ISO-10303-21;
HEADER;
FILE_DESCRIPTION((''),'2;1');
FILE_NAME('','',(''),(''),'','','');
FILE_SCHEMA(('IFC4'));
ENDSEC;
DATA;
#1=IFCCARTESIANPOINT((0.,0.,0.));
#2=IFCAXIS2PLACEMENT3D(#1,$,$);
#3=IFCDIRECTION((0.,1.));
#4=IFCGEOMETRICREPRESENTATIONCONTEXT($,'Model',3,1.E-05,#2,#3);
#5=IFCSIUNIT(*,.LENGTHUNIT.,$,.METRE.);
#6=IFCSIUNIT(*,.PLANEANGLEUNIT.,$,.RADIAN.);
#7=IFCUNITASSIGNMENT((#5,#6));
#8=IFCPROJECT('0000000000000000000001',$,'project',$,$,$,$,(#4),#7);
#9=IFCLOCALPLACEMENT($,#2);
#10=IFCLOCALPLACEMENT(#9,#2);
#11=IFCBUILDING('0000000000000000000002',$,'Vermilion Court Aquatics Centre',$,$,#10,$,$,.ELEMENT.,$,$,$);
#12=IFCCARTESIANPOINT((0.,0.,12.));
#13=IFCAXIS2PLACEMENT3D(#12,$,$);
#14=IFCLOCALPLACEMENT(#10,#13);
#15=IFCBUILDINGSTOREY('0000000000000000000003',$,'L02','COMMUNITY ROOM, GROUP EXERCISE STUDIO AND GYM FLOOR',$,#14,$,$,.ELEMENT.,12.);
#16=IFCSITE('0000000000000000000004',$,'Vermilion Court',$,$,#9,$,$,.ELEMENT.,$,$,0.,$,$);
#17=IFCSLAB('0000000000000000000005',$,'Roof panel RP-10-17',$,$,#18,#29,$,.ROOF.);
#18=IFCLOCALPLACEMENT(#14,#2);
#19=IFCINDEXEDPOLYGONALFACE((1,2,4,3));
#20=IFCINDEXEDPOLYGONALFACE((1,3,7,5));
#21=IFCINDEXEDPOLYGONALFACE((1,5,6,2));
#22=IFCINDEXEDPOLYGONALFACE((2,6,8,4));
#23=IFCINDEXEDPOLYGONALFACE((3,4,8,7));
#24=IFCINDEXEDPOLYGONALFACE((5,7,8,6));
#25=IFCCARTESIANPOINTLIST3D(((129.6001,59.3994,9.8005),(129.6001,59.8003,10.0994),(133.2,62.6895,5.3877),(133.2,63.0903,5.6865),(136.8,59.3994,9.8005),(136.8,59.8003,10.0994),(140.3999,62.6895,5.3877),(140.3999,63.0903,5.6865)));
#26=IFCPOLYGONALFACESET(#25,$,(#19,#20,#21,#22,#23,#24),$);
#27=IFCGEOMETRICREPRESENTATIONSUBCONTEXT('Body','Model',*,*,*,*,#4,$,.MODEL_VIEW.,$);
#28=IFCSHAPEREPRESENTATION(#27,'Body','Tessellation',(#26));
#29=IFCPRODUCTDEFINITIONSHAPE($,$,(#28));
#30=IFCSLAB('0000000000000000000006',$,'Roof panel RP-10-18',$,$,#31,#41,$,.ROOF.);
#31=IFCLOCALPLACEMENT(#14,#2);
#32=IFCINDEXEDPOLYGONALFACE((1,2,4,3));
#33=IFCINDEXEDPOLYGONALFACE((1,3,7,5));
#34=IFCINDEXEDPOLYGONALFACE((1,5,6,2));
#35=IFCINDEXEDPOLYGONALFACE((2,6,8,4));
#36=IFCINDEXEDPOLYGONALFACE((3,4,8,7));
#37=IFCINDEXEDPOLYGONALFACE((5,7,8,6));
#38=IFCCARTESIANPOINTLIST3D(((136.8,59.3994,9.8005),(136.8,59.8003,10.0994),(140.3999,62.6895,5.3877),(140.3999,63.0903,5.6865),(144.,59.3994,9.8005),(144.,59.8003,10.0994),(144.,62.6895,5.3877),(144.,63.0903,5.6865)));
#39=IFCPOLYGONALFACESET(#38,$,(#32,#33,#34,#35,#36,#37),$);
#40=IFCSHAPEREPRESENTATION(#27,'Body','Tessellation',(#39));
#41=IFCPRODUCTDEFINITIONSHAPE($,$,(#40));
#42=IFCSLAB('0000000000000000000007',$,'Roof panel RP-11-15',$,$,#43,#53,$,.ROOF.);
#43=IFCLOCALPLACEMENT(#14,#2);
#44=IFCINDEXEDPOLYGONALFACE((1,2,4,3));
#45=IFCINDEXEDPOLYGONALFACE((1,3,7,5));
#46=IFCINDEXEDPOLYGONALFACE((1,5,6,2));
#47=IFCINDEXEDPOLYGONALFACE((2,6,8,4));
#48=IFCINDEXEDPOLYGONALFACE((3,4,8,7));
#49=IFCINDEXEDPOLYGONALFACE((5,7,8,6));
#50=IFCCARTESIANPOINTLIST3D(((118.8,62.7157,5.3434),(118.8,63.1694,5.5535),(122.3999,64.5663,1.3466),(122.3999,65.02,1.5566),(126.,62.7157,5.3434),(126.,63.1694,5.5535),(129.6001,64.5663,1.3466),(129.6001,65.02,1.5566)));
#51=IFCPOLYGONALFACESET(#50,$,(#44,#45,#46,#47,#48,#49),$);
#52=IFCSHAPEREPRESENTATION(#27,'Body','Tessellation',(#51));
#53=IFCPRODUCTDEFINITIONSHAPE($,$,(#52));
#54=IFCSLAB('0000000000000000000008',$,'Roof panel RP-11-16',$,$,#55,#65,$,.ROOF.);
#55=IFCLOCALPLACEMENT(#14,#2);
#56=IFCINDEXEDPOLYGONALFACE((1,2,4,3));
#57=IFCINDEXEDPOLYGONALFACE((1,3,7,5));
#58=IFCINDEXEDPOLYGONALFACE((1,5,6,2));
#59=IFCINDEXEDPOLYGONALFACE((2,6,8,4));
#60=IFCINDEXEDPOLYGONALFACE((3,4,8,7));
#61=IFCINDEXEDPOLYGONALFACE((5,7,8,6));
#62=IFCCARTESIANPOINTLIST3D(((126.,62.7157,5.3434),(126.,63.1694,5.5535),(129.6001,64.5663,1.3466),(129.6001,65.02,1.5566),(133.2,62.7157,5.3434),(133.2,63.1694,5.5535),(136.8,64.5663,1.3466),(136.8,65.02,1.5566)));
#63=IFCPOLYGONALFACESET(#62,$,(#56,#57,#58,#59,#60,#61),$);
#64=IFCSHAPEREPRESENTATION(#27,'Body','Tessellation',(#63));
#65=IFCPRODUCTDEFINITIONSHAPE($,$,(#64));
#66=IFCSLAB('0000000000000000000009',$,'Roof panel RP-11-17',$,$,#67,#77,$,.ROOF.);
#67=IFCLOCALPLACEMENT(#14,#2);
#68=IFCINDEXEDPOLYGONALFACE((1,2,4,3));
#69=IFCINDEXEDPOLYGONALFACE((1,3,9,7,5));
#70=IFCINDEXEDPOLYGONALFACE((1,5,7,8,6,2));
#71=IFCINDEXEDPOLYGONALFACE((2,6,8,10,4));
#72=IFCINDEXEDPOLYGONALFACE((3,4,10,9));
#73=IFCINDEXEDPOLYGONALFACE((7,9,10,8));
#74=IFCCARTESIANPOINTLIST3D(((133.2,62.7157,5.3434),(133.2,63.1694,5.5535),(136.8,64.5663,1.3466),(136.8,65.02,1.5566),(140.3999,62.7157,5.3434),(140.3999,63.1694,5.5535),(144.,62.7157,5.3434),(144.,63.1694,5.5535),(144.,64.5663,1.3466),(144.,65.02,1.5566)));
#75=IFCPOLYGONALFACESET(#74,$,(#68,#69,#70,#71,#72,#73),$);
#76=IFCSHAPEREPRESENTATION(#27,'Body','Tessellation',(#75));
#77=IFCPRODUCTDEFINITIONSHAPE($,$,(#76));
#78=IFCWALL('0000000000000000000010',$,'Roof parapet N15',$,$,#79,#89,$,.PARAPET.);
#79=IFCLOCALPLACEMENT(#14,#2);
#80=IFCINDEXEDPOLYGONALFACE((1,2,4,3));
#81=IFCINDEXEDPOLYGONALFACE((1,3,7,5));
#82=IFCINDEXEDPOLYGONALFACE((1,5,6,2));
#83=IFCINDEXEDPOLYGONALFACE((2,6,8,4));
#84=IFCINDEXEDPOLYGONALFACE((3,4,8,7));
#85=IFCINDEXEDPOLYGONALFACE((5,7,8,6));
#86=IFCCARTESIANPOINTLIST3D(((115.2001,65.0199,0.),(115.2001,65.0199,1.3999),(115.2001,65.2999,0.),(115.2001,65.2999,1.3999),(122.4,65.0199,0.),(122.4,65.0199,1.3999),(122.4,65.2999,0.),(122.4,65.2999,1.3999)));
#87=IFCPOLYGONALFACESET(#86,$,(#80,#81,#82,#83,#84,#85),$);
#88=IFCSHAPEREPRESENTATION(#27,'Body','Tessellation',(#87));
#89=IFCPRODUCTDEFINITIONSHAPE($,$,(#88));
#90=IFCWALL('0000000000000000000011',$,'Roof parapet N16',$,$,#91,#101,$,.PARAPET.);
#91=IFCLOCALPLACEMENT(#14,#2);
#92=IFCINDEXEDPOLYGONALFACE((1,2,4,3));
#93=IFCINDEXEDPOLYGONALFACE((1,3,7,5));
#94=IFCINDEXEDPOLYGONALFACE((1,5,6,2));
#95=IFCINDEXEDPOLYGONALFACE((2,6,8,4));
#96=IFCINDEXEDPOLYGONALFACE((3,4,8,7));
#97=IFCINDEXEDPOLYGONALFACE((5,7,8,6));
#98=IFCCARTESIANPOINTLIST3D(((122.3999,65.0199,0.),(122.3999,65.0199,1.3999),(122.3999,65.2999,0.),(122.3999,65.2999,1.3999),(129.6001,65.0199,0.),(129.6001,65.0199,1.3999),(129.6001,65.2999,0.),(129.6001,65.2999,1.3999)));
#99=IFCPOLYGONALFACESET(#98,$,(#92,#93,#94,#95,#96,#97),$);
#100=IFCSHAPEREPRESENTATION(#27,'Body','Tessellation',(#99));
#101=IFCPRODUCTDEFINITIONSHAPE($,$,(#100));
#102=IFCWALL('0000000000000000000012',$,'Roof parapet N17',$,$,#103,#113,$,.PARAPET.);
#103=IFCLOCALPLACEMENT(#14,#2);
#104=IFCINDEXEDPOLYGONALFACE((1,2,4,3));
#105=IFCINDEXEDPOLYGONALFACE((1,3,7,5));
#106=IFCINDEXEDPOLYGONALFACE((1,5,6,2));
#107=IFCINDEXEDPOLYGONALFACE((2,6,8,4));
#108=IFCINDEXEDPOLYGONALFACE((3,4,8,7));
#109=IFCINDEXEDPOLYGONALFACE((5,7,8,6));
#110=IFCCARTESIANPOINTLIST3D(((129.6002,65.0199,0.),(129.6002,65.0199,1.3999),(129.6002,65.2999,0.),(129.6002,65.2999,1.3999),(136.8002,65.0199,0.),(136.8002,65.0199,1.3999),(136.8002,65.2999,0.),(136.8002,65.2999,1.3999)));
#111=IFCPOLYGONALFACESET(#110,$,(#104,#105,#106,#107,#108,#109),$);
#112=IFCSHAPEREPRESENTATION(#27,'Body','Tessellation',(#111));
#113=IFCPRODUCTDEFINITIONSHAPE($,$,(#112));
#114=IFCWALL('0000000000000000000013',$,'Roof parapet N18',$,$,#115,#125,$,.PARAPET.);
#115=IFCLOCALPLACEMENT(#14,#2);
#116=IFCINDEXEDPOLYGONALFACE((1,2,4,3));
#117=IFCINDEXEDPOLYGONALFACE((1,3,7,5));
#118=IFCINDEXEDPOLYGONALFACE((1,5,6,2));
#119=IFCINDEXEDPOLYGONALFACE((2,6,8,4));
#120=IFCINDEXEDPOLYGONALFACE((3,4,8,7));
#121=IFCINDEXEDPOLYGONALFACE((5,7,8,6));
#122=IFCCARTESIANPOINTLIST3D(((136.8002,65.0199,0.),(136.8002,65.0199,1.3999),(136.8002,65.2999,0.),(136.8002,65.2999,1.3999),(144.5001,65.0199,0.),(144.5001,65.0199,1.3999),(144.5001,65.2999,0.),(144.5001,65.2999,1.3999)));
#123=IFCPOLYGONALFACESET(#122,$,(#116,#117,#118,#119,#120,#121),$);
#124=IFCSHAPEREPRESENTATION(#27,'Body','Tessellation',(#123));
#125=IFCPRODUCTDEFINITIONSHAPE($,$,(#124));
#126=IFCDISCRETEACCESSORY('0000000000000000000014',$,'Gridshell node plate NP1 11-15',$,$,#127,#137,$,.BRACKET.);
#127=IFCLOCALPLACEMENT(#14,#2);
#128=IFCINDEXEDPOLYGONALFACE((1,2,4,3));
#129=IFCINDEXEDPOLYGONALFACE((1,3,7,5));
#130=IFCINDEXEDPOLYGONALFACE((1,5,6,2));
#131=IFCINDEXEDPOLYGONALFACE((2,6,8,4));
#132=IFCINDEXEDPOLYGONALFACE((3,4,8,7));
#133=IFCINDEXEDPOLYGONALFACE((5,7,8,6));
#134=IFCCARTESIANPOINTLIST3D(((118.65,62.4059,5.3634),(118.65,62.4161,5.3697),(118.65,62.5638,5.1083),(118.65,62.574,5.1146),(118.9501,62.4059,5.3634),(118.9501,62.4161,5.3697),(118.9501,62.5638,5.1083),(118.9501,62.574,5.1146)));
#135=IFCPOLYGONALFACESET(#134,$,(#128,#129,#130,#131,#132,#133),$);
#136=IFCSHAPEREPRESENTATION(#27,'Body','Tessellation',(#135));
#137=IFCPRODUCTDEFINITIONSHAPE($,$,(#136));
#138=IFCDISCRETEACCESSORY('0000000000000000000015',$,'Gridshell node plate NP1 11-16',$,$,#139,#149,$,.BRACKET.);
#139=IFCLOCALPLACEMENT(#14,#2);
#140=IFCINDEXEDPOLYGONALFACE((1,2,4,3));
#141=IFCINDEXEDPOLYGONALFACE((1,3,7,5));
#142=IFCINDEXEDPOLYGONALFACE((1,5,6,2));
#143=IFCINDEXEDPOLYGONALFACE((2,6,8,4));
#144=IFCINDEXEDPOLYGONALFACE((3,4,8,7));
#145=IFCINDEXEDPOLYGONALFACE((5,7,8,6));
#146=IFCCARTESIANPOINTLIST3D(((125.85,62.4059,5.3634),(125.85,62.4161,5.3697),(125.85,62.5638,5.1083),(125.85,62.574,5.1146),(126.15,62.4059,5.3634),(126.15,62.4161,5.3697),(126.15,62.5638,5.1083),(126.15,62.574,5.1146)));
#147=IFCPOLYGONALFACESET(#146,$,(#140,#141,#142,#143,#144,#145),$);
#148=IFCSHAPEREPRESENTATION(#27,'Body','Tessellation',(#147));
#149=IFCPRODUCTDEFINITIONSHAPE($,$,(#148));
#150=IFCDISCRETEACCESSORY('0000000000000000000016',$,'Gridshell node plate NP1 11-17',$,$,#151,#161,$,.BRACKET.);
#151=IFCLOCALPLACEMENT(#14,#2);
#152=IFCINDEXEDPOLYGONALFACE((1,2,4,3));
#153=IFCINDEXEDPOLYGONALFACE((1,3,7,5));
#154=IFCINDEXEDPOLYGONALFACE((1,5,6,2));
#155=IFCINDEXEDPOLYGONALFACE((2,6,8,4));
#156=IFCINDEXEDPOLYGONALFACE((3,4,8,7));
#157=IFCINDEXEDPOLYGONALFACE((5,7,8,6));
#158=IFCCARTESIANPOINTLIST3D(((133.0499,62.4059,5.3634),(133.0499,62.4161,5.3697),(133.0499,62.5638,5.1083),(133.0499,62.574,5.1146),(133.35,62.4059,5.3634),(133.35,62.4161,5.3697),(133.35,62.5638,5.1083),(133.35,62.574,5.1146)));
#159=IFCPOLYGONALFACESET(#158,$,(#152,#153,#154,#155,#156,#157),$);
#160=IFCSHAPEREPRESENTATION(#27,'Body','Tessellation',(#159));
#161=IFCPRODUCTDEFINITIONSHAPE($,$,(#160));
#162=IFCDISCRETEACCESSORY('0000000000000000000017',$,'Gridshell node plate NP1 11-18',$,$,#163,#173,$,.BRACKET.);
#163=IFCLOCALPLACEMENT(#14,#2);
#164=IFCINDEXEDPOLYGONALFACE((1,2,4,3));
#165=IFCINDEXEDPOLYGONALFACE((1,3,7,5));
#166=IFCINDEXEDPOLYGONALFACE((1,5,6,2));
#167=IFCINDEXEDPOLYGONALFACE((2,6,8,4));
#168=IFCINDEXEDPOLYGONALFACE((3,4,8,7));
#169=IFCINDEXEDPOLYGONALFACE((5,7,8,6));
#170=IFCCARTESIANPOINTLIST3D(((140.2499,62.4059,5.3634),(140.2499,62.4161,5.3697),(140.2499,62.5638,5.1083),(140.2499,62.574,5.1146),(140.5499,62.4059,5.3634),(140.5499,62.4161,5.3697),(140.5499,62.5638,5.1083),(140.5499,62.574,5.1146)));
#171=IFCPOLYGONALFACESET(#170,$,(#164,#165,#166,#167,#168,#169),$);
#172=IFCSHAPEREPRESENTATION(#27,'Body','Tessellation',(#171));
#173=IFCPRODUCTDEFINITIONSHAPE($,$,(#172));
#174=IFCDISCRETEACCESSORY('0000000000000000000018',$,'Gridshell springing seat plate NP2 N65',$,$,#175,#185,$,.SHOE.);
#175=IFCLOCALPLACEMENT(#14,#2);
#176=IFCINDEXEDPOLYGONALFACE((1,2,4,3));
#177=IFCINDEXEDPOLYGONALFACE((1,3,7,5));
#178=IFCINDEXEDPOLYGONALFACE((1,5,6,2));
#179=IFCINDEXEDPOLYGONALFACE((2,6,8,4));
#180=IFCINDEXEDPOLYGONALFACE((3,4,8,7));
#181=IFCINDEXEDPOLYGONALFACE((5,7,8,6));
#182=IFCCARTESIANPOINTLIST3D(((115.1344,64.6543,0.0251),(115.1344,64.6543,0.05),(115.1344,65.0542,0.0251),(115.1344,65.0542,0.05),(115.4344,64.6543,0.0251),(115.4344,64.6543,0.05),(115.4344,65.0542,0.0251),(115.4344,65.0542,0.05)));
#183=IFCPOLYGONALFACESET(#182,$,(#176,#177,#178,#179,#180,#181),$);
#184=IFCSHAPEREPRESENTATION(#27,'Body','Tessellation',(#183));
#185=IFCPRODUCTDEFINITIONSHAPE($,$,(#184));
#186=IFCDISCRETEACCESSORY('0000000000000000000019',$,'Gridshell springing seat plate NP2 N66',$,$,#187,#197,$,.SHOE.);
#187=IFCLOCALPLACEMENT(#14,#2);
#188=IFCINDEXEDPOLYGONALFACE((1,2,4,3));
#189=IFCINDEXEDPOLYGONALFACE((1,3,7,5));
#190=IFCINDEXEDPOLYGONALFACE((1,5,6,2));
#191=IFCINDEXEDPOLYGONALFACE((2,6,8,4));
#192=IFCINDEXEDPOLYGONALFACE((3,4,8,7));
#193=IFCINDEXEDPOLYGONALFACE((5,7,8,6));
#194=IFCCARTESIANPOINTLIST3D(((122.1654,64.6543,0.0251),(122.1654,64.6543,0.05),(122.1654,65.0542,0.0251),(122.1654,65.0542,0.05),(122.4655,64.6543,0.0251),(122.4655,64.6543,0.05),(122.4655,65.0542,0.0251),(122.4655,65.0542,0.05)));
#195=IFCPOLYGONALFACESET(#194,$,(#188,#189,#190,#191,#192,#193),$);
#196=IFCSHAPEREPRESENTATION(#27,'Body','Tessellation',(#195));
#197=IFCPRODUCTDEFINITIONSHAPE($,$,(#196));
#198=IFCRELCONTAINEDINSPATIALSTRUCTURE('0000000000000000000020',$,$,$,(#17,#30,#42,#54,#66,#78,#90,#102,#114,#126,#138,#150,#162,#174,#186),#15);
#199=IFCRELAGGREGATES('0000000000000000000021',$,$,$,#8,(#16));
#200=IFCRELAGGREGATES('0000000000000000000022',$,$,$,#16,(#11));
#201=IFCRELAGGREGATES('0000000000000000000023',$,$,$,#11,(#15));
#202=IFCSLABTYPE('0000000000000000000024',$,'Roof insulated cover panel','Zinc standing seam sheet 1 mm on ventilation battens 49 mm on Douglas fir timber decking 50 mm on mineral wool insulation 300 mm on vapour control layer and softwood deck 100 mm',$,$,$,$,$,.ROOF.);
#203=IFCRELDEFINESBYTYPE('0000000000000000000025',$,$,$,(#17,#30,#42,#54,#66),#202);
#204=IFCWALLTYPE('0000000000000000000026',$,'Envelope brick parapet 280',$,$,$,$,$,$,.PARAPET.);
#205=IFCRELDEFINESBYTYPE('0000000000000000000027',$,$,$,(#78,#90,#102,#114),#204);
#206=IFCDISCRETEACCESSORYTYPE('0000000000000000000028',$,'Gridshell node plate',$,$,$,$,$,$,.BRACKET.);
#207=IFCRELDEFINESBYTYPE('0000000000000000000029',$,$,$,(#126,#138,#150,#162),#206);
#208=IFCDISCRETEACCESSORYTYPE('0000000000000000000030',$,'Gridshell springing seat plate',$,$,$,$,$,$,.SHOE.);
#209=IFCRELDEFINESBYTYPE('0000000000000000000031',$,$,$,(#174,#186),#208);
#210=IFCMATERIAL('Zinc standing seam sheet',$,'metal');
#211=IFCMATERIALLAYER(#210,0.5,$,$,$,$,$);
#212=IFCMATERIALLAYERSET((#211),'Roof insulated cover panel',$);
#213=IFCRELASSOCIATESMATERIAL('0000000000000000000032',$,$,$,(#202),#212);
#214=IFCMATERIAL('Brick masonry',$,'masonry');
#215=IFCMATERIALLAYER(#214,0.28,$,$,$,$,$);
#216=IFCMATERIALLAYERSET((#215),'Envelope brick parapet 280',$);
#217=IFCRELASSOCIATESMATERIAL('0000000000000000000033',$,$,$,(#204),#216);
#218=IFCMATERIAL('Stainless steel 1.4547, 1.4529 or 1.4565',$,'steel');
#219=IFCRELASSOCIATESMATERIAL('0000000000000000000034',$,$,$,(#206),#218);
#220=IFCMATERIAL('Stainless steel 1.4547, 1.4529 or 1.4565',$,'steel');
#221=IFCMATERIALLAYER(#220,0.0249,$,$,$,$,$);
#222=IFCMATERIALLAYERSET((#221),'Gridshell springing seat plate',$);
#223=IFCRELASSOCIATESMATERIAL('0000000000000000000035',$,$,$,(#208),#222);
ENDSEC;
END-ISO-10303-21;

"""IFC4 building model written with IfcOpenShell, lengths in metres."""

from ifc_helpers import new_model, si_unit, direction, frame, frame_2d, origin, origin_2d, place, context, subcontext, project, spatial, polyline, rectangle, outline, extrude, material, layer, layer_set, material_profile, profile_set, type_object, element, save


model = new_model("IFC4")

# Units and contexts
model_context = context("Model", 3, precision=1e-05, world=origin(), true_north=direction((0.0, 1.0)))
body_context = subcontext(model_context, "Body", "Model", "MODEL_VIEW")
ifc_project = project(units=[si_unit("LENGTHUNIT", "METRE"), si_unit("PLANEANGLEUNIT", "RADIAN")], contexts=[model_context])

# Site, building, storey
site_placement = place(None, origin())
site = spatial("IfcSite", under=ifc_project, at=site_placement, Name="Vermilion Court", CompositionType="ELEMENT", RefElevation=0.0)
building_placement = place(site_placement, origin())
building = spatial("IfcBuilding", under=site, at=building_placement, Name="Vermilion Court Aquatics Centre", CompositionType="ELEMENT")
storey_placement = place(building_placement, frame((0.0, 0.0, 12.0)))
storey = spatial("IfcBuildingStorey", under=building, at=storey_placement, Name="L02", Description="COMMUNITY ROOM, GROUP EXERCISE STUDIO AND GYM FLOOR", CompositionType="ELEMENT", Elevation=12.0)

# Slabs
ifc_material_1 = material(Name="Zinc standing seam sheet", Category="metal")
ifc_layer_1 = layer(ifc_material_1, 0.5)
ifc_layer_set_1 = layer_set([ifc_layer_1], Name="Roof insulated cover panel")
slab_type = type_object("IfcSlabType", Name="Roof insulated cover panel", Description="Zinc standing seam sheet 1 mm on ventilation battens 49 mm on Douglas fir timber decking 50 mm on mineral wool insulation 300 mm on vapour control layer and softwood deck 100 mm", PredefinedType="ROOF", material=ifc_layer_set_1)
slab_1_placement = place(storey_placement, frame((129.6001, 59.8003, 10.0994), z_axis=(0.0, 0.801705, 0.59772), x_axis=(1.0, 0.0, 0.0)))
element("IfcSlab", 1, at=slab_1_placement, inside=storey, type_object=slab_type, Name="Roof panel RP-10-17", PredefinedType="ROOF", context=body_context, shape_type="SweptSolid", body=[
    extrude(outline(polyline([(0.0, 0.0), (7.2, 0.0), (10.7998, 5.5043), (3.5999, 5.5043), (0.0, 0.0)])), origin(), (0.0, 0.0, -1.0), 0.5),
])
slab_2_placement = place(storey_placement, frame((136.8, 59.8003, 10.0994), z_axis=(0.0, 0.801705, 0.59772), x_axis=(1.0, 0.0, 0.0)))
element("IfcSlab", 2, at=slab_2_placement, inside=storey, type_object=slab_type, Name="Roof panel RP-10-18", PredefinedType="ROOF", context=body_context, shape_type="SweptSolid", body=[
    extrude(outline(polyline([(0.0, 0.0), (7.2, 0.0), (7.2, 5.5043), (3.5999, 5.5043), (0.0, 0.0)])), origin(), (0.0, 0.0, -1.0), 0.5),
])
slab_3_placement = place(storey_placement, frame((118.8, 63.1694, 5.5535), z_axis=(0.0, 0.907449, 0.420162), x_axis=(1.0, 0.0, 0.0)))
element("IfcSlab", 3, at=slab_3_placement, inside=storey, type_object=slab_type, Name="Roof panel RP-11-15", PredefinedType="ROOF", context=body_context, shape_type="SweptSolid", body=[
    extrude(outline(polyline([(0.0, 0.0), (7.2, 0.0), (10.8, 4.4045), (3.5999, 4.4045), (0.0, 0.0)])), origin(), (0.0, 0.0, -1.0), 0.5),
])
slab_4_placement = place(storey_placement, frame((126.0, 63.1694, 5.5535), z_axis=(0.0, 0.907449, 0.420162), x_axis=(1.0, 0.0, 0.0)))
element("IfcSlab", 4, at=slab_4_placement, inside=storey, type_object=slab_type, Name="Roof panel RP-11-16", PredefinedType="ROOF", context=body_context, shape_type="SweptSolid", body=[
    extrude(outline(polyline([(0.0, 0.0), (7.2, 0.0), (10.8, 4.4045), (3.6001, 4.4045), (0.0, 0.0)])), origin(), (0.0, 0.0, -1.0), 0.5),
])
slab_5_placement = place(storey_placement, frame((133.2, 63.1694, 5.5535), z_axis=(0.0, 0.907449, 0.420162), x_axis=(1.0, 0.0, 0.0)))
element("IfcSlab", 5, at=slab_5_placement, inside=storey, type_object=slab_type, Name="Roof panel RP-11-17", PredefinedType="ROOF", context=body_context, shape_type="SweptSolid", body=[
    extrude(outline(polyline([(0.0, 0.0), (7.2, 0.0), (10.8, 0.0), (10.8, 4.4045), (3.6001, 4.4045), (0.0, 0.0)])), origin(), (0.0, 0.0, -1.0), 0.5),
])

# Walls
ifc_material_2 = material(Name="Brick masonry", Category="masonry")
ifc_layer_2 = layer(ifc_material_2, 0.28)
ifc_layer_set_2 = layer_set([ifc_layer_2], Name="Envelope brick parapet 280")
wall_type = type_object("IfcWallType", Name="Envelope brick parapet 280", PredefinedType="PARAPET", material=ifc_layer_set_2)
wall_1_placement = place(storey_placement, frame((115.2, 65.1599, 0.0), z_axis=(0.0, 0.0, 1.0), x_axis=(1.0, 0.0, 0.0)))
element("IfcWall", 6, at=wall_1_placement, inside=storey, type_object=wall_type, Name="Roof parapet N15", PredefinedType="PARAPET", context=body_context, shape_type="SweptSolid", body=[
    extrude(rectangle(XDim=7.2, YDim=0.28, at=frame_2d((3.6001, 0.0))), origin(), (0.0, 0.0, 1.0), 1.3999),
])
wall_2_placement = place(storey_placement, frame((122.3999, 65.1599, 0.0), z_axis=(0.0, 0.0, 1.0), x_axis=(1.0, 0.0, 0.0)))
element("IfcWall", 7, at=wall_2_placement, inside=storey, type_object=wall_type, Name="Roof parapet N16", PredefinedType="PARAPET", context=body_context, shape_type="SweptSolid", body=[
    extrude(rectangle(XDim=7.2002, YDim=0.28, at=frame_2d((3.6001, 0.0))), origin(), (0.0, 0.0, 1.0), 1.3999),
])
wall_3_placement = place(storey_placement, frame((129.6001, 65.1599, 0.0), z_axis=(0.0, 0.0, 1.0), x_axis=(1.0, 0.0, 0.0)))
element("IfcWall", 8, at=wall_3_placement, inside=storey, type_object=wall_type, Name="Roof parapet N17", PredefinedType="PARAPET", context=body_context, shape_type="SweptSolid", body=[
    extrude(rectangle(XDim=7.2, YDim=0.28, at=frame_2d((3.6001, 0.0))), origin(), (0.0, 0.0, 1.0), 1.3999),
])
wall_4_placement = place(storey_placement, frame((136.8, 65.1599, 0.0), z_axis=(0.0, 0.0, 1.0), x_axis=(1.0, 0.0, 0.0)))
element("IfcWall", 9, at=wall_4_placement, inside=storey, type_object=wall_type, Name="Roof parapet N18", PredefinedType="PARAPET", context=body_context, shape_type="SweptSolid", body=[
    extrude(rectangle(XDim=7.7, YDim=0.28, at=frame_2d((3.8501, 0.0))), origin(), (0.0, 0.0, 1.0), 1.3999),
])

# Discrete accessories
ifc_material_3 = material(Name="Stainless steel 1.4547, 1.4529 or 1.4565", Category="steel")
ifc_material_profile_1 = material_profile(ifc_material_3, rectangle(XDim=0.3, YDim=0.3, at=origin_2d()), Name="PL 12 x 300 x 300")
ifc_profile_set_1 = profile_set([ifc_material_profile_1], Name="Stainless steel 1.4547, 1.4529 or 1.4565")
discrete_accessory_type_1 = type_object("IfcDiscreteAccessoryType", Name="Gridshell node plate", PredefinedType="BRACKET", material=ifc_profile_set_1)
for number, where, z_axis, x_axis, name in (
    (10, (118.8, 62.4849, 5.2358), (0.0, 0.850265, 0.526355), (-1.0, 0.0, 0.0), "Gridshell node plate NP1 11-15"),
    (11, (126.0, 62.4849, 5.2358), (0.0, 0.850265, 0.526355), (-1.0, 0.0, 0.0), "Gridshell node plate NP1 11-16"),
    (12, (133.2, 62.4849, 5.2358), (0.0, 0.850265, 0.526355), (-1.0, 0.0, 0.0), "Gridshell node plate NP1 11-17"),
    (13, (140.3999, 62.4849, 5.2358), (0.0, 0.850265, 0.526355), (-1.0, 0.0, 0.0), "Gridshell node plate NP1 11-18"),
):
    element("IfcDiscreteAccessory", number, at=place(storey_placement, frame(where, z_axis=z_axis, x_axis=x_axis)), inside=storey, type_object=discrete_accessory_type_1, Name=name, PredefinedType="BRACKET", context=body_context, shape_type="SweptSolid", body=[
        extrude(rectangle(XDim=0.3, YDim=0.3, at=origin_2d()), origin(), (0.0, 0.0, 1.0), 0.012),
    ])
ifc_material_4 = material(Name="Stainless steel 1.4547, 1.4529 or 1.4565", Category="steel")
ifc_layer_3 = layer(ifc_material_4, 0.0249)
ifc_layer_set_3 = layer_set([ifc_layer_3], Name="Gridshell springing seat plate")
discrete_accessory_type_2 = type_object("IfcDiscreteAccessoryType", Name="Gridshell springing seat plate", PredefinedType="SHOE", material=ifc_layer_set_3)
for number, where, z_axis, x_axis, name in (
    (14, (115.2844, 64.8542, 0.0251), (0.0, 0.0, 1.0), (1.0, 0.0, 0.0), "Gridshell springing seat plate NP2 N65"),
    (15, (122.3154, 64.8542, 0.0251), (0.0, 0.0, 1.0), (1.0, 0.0, 0.0), "Gridshell springing seat plate NP2 N66"),
):
    element("IfcDiscreteAccessory", number, at=place(storey_placement, frame(where, z_axis=z_axis, x_axis=x_axis)), inside=storey, type_object=discrete_accessory_type_2, Name=name, PredefinedType="SHOE", context=body_context, shape_type="SweptSolid", body=[
        extrude(rectangle(XDim=0.3, YDim=0.3999, at=origin_2d()), origin(), (0.0, 0.0, 1.0), 0.0249),
    ])

save(model, "model.ifc")
